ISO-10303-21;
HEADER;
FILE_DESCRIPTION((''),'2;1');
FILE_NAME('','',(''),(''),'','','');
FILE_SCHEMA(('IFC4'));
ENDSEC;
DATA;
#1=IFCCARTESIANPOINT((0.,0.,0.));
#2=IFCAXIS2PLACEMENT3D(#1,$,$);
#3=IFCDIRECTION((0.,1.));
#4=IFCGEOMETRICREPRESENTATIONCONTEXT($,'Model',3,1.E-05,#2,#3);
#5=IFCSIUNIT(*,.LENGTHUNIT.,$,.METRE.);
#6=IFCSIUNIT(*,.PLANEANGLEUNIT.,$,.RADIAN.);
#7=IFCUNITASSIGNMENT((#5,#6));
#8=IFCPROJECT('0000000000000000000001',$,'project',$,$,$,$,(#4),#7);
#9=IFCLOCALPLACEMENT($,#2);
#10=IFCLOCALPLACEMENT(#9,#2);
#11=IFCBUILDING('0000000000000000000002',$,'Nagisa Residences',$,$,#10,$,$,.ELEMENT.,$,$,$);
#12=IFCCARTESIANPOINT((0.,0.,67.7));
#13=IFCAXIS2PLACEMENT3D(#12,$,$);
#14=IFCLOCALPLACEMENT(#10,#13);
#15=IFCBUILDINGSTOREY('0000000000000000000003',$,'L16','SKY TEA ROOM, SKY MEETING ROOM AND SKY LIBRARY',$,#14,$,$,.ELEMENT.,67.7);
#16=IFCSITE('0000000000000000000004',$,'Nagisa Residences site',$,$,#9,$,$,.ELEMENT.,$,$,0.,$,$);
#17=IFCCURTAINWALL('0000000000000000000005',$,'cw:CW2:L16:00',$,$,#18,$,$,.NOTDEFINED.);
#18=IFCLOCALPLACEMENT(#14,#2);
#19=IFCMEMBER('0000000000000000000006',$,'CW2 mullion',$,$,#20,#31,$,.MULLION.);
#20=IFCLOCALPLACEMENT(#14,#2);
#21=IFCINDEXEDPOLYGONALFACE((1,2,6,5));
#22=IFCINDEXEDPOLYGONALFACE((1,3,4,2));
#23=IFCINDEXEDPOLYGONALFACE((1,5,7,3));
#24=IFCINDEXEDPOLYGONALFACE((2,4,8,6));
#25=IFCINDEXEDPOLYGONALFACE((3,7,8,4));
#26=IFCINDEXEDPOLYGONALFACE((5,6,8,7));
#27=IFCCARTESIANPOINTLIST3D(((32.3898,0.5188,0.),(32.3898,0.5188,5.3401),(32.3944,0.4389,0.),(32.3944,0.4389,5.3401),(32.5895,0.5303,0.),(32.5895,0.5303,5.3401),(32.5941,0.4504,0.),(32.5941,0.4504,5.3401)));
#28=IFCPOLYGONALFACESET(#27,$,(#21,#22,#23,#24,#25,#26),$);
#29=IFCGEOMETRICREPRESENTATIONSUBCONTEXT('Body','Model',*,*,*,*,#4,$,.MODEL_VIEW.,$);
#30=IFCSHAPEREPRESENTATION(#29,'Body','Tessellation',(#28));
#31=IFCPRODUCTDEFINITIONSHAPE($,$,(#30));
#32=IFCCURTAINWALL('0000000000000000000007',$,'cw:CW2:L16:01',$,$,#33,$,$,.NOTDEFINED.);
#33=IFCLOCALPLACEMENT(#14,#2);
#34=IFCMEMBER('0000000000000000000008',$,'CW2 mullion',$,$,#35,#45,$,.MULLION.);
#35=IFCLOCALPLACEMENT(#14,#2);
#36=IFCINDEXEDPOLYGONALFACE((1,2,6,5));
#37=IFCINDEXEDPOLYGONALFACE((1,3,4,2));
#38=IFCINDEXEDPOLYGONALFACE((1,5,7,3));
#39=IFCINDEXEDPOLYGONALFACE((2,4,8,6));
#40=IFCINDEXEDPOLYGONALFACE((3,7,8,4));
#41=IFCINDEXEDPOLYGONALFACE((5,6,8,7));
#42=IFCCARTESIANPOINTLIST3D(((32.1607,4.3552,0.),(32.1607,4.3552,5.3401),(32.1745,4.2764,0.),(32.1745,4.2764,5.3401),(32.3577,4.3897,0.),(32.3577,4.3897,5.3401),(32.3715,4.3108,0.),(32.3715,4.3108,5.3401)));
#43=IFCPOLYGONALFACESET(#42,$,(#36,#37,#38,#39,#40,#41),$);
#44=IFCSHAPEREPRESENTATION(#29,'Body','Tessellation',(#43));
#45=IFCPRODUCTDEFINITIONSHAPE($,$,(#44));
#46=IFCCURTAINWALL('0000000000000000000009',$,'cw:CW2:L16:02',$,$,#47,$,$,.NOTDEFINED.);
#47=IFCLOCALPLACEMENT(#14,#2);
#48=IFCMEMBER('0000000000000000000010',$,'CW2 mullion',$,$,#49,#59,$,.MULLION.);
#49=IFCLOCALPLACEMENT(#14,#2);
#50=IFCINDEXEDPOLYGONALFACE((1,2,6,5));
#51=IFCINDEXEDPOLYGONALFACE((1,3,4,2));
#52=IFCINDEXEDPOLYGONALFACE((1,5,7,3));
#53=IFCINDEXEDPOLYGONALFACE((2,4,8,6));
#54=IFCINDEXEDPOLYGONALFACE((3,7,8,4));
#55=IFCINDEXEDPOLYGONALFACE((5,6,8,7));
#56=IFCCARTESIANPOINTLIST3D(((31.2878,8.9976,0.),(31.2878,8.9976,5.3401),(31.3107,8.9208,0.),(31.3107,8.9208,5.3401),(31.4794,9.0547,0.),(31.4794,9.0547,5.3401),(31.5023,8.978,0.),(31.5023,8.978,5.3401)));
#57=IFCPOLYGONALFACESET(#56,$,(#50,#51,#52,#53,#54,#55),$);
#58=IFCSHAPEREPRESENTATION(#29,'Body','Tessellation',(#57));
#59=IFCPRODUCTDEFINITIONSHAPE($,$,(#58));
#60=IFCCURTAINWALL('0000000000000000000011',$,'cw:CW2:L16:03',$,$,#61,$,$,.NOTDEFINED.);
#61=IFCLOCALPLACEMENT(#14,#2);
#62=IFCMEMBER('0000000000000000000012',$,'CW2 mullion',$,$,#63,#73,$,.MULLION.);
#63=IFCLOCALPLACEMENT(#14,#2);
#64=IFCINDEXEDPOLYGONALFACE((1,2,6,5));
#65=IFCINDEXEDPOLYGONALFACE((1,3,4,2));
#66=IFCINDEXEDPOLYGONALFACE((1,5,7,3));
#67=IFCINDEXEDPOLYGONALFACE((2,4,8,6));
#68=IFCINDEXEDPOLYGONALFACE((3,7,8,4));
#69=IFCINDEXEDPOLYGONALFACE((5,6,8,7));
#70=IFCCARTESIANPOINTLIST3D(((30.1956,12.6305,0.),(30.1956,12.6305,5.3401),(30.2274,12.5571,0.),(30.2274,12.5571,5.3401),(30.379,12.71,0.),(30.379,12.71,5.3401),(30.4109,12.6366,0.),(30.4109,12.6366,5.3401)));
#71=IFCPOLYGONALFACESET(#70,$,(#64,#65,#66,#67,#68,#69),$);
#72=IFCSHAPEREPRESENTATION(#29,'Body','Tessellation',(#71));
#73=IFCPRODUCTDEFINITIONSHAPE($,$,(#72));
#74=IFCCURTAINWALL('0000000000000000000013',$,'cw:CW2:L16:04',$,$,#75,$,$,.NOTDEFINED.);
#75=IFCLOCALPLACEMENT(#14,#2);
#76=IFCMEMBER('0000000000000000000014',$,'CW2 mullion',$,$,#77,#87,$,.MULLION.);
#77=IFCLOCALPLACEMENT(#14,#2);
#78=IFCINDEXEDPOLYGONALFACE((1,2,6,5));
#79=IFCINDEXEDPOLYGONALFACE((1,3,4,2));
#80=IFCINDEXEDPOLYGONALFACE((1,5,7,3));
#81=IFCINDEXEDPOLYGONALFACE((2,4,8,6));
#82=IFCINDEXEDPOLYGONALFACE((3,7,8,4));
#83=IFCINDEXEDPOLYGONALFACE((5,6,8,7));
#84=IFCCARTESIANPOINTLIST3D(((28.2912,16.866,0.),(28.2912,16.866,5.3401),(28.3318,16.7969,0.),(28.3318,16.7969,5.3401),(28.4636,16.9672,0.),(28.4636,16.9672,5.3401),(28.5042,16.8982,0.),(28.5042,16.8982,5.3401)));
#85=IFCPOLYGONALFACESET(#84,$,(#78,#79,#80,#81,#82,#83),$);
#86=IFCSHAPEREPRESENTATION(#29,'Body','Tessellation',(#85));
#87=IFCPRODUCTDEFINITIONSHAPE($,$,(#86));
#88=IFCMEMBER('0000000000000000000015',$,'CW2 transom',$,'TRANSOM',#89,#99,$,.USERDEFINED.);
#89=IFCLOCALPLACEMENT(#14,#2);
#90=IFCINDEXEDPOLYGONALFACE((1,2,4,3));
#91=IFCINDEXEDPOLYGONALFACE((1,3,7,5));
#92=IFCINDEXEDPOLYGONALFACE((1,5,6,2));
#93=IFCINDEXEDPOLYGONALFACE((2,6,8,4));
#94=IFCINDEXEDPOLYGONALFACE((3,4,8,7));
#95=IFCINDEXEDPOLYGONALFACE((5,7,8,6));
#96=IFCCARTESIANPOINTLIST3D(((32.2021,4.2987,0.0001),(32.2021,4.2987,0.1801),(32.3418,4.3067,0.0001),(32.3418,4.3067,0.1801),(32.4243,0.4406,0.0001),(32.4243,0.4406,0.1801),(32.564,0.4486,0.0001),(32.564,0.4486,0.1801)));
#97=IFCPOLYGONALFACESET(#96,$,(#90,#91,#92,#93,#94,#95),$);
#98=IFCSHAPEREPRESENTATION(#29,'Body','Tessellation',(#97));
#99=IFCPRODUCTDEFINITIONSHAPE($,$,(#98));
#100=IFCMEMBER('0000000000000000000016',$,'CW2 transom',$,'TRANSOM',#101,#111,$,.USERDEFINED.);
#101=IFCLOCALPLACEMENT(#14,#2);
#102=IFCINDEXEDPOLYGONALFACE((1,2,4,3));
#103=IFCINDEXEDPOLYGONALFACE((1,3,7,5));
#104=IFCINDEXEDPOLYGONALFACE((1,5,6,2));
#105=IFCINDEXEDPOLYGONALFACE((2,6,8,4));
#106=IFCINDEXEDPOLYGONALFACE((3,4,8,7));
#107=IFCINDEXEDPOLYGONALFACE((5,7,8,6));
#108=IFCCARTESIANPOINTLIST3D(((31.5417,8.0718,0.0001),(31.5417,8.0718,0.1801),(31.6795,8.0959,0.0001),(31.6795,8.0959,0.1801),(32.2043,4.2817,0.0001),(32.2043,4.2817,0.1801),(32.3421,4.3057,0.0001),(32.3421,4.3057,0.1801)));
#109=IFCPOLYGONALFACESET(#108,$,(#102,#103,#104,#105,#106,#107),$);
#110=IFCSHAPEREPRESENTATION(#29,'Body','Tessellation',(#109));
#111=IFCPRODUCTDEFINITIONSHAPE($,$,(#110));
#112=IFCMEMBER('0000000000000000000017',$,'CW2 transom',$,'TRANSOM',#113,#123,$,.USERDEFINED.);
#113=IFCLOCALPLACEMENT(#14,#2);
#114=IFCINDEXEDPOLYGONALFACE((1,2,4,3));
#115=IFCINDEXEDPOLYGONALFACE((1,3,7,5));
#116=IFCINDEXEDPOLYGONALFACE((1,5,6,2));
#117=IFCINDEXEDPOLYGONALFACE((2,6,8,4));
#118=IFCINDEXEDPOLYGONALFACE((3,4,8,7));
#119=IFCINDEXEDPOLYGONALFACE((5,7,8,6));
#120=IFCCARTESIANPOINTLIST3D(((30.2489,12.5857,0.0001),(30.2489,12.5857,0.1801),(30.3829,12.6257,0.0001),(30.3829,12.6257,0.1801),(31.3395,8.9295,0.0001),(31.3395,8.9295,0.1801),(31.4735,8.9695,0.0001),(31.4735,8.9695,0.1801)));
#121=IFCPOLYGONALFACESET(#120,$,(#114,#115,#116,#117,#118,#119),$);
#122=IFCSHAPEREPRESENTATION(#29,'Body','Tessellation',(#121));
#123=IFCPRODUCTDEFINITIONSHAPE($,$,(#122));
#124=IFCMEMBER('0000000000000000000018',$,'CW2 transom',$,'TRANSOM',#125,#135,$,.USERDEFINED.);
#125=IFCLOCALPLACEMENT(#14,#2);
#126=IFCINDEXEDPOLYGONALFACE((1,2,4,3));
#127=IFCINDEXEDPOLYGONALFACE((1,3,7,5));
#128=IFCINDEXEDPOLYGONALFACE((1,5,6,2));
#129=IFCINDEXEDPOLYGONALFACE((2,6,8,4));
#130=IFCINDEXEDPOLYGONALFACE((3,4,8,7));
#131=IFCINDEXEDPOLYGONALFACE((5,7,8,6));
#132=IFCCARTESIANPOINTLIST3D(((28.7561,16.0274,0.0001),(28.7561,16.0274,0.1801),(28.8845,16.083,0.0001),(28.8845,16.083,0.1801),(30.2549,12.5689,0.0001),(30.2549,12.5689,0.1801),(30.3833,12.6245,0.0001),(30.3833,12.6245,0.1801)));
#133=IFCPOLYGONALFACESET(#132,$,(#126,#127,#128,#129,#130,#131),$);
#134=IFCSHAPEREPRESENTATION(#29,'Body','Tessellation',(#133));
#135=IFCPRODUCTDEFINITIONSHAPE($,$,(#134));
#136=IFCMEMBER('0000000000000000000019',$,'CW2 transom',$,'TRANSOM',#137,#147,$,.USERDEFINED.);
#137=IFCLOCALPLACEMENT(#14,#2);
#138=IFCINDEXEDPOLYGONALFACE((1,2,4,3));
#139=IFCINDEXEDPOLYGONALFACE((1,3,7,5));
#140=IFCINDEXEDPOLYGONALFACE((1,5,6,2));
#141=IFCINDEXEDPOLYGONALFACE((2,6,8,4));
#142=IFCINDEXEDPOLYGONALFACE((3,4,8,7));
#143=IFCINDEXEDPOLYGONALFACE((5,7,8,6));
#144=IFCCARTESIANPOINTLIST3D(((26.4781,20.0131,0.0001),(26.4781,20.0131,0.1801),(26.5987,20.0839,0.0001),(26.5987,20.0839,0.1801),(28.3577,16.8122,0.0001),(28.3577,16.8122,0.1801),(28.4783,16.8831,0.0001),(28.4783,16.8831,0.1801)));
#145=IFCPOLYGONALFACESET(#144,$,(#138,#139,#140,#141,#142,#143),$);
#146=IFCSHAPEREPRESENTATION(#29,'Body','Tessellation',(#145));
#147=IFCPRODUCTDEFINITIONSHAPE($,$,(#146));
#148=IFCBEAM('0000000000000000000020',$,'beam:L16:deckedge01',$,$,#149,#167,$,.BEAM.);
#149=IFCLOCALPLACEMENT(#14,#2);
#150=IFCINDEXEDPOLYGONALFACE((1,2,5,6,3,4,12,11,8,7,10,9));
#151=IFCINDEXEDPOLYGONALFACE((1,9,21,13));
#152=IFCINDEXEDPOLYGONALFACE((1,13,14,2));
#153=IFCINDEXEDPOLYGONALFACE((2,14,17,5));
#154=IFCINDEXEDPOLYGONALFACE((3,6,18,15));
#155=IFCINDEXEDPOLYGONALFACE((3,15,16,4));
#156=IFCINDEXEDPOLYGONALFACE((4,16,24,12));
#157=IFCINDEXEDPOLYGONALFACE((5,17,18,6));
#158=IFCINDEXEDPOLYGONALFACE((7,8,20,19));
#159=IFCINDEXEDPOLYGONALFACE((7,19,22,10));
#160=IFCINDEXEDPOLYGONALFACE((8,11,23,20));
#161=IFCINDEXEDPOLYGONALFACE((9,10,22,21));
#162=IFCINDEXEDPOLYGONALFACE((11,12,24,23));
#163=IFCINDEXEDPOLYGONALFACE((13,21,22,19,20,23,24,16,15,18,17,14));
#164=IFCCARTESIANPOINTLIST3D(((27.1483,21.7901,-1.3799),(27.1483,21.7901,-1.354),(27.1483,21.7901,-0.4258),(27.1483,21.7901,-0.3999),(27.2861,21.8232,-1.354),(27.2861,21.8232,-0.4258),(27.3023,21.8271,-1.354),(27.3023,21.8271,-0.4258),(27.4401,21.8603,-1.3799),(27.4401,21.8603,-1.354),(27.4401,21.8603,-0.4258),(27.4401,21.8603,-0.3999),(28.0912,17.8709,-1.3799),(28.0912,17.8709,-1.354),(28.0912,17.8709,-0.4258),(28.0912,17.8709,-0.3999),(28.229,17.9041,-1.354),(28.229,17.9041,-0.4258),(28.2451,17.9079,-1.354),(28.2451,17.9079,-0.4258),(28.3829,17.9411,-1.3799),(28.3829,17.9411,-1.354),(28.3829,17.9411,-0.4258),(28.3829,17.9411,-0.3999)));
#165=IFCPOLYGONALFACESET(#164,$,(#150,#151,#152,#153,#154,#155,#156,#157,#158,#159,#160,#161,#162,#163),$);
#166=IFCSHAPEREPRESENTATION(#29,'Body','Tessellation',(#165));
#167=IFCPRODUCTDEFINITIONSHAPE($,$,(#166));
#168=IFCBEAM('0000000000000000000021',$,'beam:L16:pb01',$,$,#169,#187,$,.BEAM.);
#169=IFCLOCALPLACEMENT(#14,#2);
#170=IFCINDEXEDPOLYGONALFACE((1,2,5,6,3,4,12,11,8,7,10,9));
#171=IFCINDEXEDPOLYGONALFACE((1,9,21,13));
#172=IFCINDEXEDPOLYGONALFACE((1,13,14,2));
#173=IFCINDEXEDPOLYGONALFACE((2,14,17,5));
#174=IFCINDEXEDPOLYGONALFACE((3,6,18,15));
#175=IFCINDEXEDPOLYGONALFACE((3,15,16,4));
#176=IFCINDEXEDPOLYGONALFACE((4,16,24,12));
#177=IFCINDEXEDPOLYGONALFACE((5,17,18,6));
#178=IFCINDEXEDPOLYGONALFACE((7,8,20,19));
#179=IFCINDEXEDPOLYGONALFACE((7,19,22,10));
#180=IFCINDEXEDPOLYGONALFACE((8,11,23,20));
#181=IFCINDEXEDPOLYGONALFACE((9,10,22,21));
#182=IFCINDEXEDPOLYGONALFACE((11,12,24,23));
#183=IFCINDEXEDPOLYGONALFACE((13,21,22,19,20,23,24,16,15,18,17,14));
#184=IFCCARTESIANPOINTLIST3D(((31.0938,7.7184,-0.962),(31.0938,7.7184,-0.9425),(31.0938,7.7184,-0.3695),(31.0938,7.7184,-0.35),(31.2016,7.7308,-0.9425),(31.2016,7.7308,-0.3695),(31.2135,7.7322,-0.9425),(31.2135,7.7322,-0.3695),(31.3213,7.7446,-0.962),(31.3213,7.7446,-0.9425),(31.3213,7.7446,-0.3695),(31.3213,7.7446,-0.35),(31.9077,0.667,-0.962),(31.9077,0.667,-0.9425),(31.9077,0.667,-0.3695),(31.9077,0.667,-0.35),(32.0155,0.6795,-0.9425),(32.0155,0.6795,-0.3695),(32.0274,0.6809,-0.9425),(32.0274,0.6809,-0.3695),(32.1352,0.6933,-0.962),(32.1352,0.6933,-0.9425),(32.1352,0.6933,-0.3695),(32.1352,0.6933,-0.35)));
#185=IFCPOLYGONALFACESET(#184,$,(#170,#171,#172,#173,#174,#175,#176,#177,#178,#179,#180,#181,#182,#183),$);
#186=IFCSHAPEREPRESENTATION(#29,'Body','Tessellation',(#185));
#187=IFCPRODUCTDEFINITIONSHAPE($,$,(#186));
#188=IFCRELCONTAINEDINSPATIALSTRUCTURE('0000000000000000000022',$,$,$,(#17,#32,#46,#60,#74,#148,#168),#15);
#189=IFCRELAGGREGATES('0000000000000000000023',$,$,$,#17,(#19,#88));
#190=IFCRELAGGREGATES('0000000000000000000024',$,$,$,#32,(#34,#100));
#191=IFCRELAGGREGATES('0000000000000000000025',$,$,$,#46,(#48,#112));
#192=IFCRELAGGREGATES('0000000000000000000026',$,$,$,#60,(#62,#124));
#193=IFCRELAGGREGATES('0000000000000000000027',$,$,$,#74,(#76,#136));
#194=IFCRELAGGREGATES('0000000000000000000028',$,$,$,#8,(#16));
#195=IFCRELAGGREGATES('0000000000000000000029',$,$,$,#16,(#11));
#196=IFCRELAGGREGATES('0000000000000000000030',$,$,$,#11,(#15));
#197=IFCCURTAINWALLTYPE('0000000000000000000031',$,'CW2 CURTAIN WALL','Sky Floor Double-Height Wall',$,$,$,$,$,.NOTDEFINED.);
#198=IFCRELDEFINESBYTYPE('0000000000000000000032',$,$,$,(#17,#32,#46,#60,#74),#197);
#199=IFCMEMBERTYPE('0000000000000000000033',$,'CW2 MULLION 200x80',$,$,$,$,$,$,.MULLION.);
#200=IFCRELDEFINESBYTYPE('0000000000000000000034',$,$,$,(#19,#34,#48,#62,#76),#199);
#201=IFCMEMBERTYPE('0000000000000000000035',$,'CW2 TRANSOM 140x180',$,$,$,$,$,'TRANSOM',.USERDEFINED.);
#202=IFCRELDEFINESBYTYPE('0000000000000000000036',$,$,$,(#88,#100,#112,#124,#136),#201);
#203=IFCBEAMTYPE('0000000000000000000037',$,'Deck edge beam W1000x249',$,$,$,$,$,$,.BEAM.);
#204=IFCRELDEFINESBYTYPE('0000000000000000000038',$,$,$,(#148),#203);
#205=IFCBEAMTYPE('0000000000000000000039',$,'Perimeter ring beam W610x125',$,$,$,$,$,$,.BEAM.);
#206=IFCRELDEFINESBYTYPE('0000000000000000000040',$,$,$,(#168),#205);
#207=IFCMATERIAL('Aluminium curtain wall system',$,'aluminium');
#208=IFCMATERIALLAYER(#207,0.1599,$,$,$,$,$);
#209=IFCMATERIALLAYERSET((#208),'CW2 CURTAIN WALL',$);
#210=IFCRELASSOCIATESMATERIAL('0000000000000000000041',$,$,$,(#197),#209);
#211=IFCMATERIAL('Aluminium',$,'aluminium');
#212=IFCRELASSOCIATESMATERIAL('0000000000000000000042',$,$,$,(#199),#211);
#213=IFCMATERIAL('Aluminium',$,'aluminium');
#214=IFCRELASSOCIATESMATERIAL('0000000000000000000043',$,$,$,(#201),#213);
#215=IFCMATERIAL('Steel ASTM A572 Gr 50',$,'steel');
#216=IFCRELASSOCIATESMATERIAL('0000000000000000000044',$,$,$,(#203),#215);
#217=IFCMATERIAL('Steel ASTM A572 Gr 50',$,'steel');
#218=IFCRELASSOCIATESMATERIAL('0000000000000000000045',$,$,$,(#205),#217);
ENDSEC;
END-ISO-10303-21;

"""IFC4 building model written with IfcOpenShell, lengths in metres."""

from ifc_helpers import new_model, si_unit, direction, frame, origin, origin_2d, place, context, subcontext, project, spatial, rectangle, i_section, extrude, material, layer, layer_set, material_profile, profile_set, type_object, element, aggregate, save


model = new_model("IFC4")

# Units and contexts
model_context = context("Model", 3, precision=1e-05, world=origin(), true_north=direction((0.0, 1.0)))
body_context = subcontext(model_context, "Body", "Model", "MODEL_VIEW")
ifc_project = project(units=[si_unit("LENGTHUNIT", "METRE"), si_unit("PLANEANGLEUNIT", "RADIAN")], contexts=[model_context])

# Site, building, storey
site_placement = place(None, origin())
site = spatial("IfcSite", under=ifc_project, at=site_placement, Name="Nagisa Residences site", CompositionType="ELEMENT", RefElevation=0.0)
building_placement = place(site_placement, origin())
building = spatial("IfcBuilding", under=site, at=building_placement, Name="Nagisa Residences", CompositionType="ELEMENT")
storey_placement = place(building_placement, frame((0.0, 0.0, 67.7)))
storey = spatial("IfcBuildingStorey", under=building, at=storey_placement, Name="L16", Description="SKY TEA ROOM, SKY MEETING ROOM AND SKY LIBRARY", CompositionType="ELEMENT", Elevation=67.7)

# Curtain walls, members
ifc_material_1 = material(Name="Aluminium curtain wall system", Category="aluminium")
ifc_layer_1 = layer(ifc_material_1, 0.1599)
ifc_layer_set_1 = layer_set([ifc_layer_1], Name="CW2 CURTAIN WALL")
curtain_wall_type = type_object("IfcCurtainWallType", Name="CW2 CURTAIN WALL", Description="Sky Floor Double-Height Wall", PredefinedType="NOTDEFINED", material=ifc_layer_set_1)
curtain_wall_1_placement = place(storey_placement, origin())
curtain_wall_1 = element("IfcCurtainWall", 1, at=curtain_wall_1_placement, inside=storey, type_object=curtain_wall_type, Name="cw:CW2:L16:00", PredefinedType="NOTDEFINED")
ifc_material_2 = material(Name="Aluminium", Category="aluminium")
ifc_material_profile_1 = material_profile(ifc_material_2, rectangle(XDim=0.2, YDim=0.0801, at=origin_2d()), Name="CW2 MULLION 200x80")
ifc_profile_set_1 = profile_set([ifc_material_profile_1], Name="Aluminium")
member_type_1 = type_object("IfcMemberType", Name="CW2 MULLION 200x80", PredefinedType="MULLION", material=ifc_profile_set_1)
member_1_placement = place(storey_placement, frame((32.4919, 0.4846, 0.0), z_axis=(0.0, 0.0, 1.0), x_axis=(-0.998345, -0.057503, 0.0)))
member_1 = element("IfcMember", 2, at=member_1_placement, type_object=member_type_1, Name="CW2 mullion", PredefinedType="MULLION", context=body_context, shape_type="SweptSolid", body=[
    extrude(rectangle(XDim=0.2, YDim=0.0801, at=origin_2d()), origin(), (0.0, 0.0, 1.0), 5.3401),
])
curtain_wall_2_placement = place(storey_placement, origin())
curtain_wall_2 = element("IfcCurtainWall", 3, at=curtain_wall_2_placement, inside=storey, type_object=curtain_wall_type, Name="cw:CW2:L16:01", PredefinedType="NOTDEFINED")
member_2_placement = place(storey_placement, frame((32.2661, 4.333, 0.0), z_axis=(0.0, 0.0, 1.0), x_axis=(-0.985064, -0.172191, 0.0)))
member_2 = element("IfcMember", 4, at=member_2_placement, type_object=member_type_1, Name="CW2 mullion", PredefinedType="MULLION", context=body_context, shape_type="SweptSolid", body=[
    extrude(rectangle(XDim=0.2, YDim=0.0801, at=origin_2d()), origin(), (0.0, 0.0, 1.0), 5.3401),
])
curtain_wall_3_placement = place(storey_placement, origin())
curtain_wall_3 = element("IfcCurtainWall", 5, at=curtain_wall_3_placement, inside=storey, type_object=curtain_wall_type, Name="cw:CW2:L16:02", PredefinedType="NOTDEFINED")
member_3_placement = place(storey_placement, frame((31.395, 8.9878, 0.0), z_axis=(0.0, 0.0, 1.0), x_axis=(-0.958271, -0.28586, 0.0)))
member_3 = element("IfcMember", 6, at=member_3_placement, type_object=member_type_1, Name="CW2 mullion", PredefinedType="MULLION", context=body_context, shape_type="SweptSolid", body=[
    extrude(rectangle(XDim=0.2, YDim=0.0801, at=origin_2d()), origin(), (0.0, 0.0, 1.0), 5.3401),
])
curtain_wall_4_placement = place(storey_placement, origin())
curtain_wall_4 = element("IfcCurtainWall", 7, at=curtain_wall_4_placement, inside=storey, type_object=curtain_wall_type, Name="cw:CW2:L16:03", PredefinedType="NOTDEFINED")
member_4_placement = place(storey_placement, frame((30.3032, 12.6335, 0.0), z_axis=(0.0, 0.0, 1.0), x_axis=(-0.917543, -0.397636, 0.0)))
member_4 = element("IfcMember", 8, at=member_4_placement, type_object=member_type_1, Name="CW2 mullion", PredefinedType="MULLION", context=body_context, shape_type="SweptSolid", body=[
    extrude(rectangle(XDim=0.2, YDim=0.0801, at=origin_2d()), origin(), (0.0, 0.0, 1.0), 5.3401),
])
curtain_wall_5_placement = place(storey_placement, origin())
curtain_wall_5 = element("IfcCurtainWall", 9, at=curtain_wall_5_placement, inside=storey, type_object=curtain_wall_type, Name="cw:CW2:L16:04", PredefinedType="NOTDEFINED")
member_5_placement = place(storey_placement, frame((28.3977, 16.8821, 0.0), z_axis=(0.0, 0.0, 1.0), x_axis=(-0.862329, -0.506349, 0.0)))
member_5 = element("IfcMember", 10, at=member_5_placement, type_object=member_type_1, Name="CW2 mullion", PredefinedType="MULLION", context=body_context, shape_type="SweptSolid", body=[
    extrude(rectangle(XDim=0.2, YDim=0.0801, at=origin_2d()), origin(), (0.0, 0.0, 1.0), 5.3401),
])

# Members
ifc_material_3 = material(Name="Aluminium", Category="aluminium")
ifc_material_profile_2 = material_profile(ifc_material_3, rectangle(XDim=0.1399, YDim=0.1799, at=origin_2d()), Name="CW2 TRANSOM 140x180")
ifc_profile_set_2 = profile_set([ifc_material_profile_2], Name="Aluminium")
member_type_2 = type_object("IfcMemberType", Name="CW2 TRANSOM 140x180", ElementType="TRANSOM", PredefinedType="USERDEFINED", material=ifc_profile_set_2)
member_6_placement = place(storey_placement, frame((32.4941, 0.4446, 0.0901), z_axis=(-0.057489, 0.998346, 0.0), x_axis=(-0.998346, -0.057489, 0.0)))
member_6 = element("IfcMember", 11, at=member_6_placement, type_object=member_type_2, Name="CW2 transom", ObjectType="TRANSOM", PredefinedType="USERDEFINED", context=body_context, shape_type="SweptSolid", body=[
    extrude(rectangle(XDim=0.1399, YDim=0.1799, at=origin_2d()), origin(), (0.0, 0.0, 1.0), 3.8645),
])
member_7_placement = place(storey_placement, frame((32.2732, 4.2937, 0.0901), z_axis=(-0.172203, 0.985061, 0.0), x_axis=(-0.985061, -0.172203, 0.0)))
member_7 = element("IfcMember", 12, at=member_7_placement, type_object=member_type_2, Name="CW2 transom", ObjectType="TRANSOM", PredefinedType="USERDEFINED", context=body_context, shape_type="SweptSolid", body=[
    extrude(rectangle(XDim=0.1399, YDim=0.1799, at=origin_2d()), origin(), (0.0, 0.0, 1.0), 3.8477),
])
member_8_placement = place(storey_placement, frame((31.4065, 8.9495, 0.0901), z_axis=(-0.285833, 0.958279, 0.0), x_axis=(-0.958279, -0.285833, 0.0)))
member_8 = element("IfcMember", 13, at=member_8_placement, type_object=member_type_2, Name="CW2 transom", ObjectType="TRANSOM", PredefinedType="USERDEFINED", context=body_context, shape_type="SweptSolid", body=[
    extrude(rectangle(XDim=0.1399, YDim=0.1799, at=origin_2d()), origin(), (0.0, 0.0, 1.0), 3.8154),
])
member_9_placement = place(storey_placement, frame((30.3191, 12.5967, 0.0901), z_axis=(-0.397629, 0.917546, 0.0), x_axis=(-0.917546, -0.397629, 0.0)))
member_9 = element("IfcMember", 14, at=member_9_placement, type_object=member_type_2, Name="CW2 transom", ObjectType="TRANSOM", PredefinedType="USERDEFINED", context=body_context, shape_type="SweptSolid", body=[
    extrude(rectangle(XDim=0.1399, YDim=0.1799, at=origin_2d()), origin(), (0.0, 0.0, 1.0), 3.7693),
])
member_10_placement = place(storey_placement, frame((28.418, 16.8477, 0.0901), z_axis=(-0.506368, 0.862318, 0.0), x_axis=(-0.862318, -0.506368, 0.0)))
member_10 = element("IfcMember", 15, at=member_10_placement, type_object=member_type_2, Name="CW2 transom", ObjectType="TRANSOM", PredefinedType="USERDEFINED", context=body_context, shape_type="SweptSolid", body=[
    extrude(rectangle(XDim=0.1399, YDim=0.1799, at=origin_2d()), origin(), (0.0, 0.0, 1.0), 3.7119),
])

# Beams
ifc_material_4 = material(Name="Steel ASTM A572 Gr 50", Category="steel")
ifc_material_profile_3 = material_profile(ifc_material_4, i_section(OverallWidth=0.3, OverallDepth=0.98, WebThickness=0.0166, FlangeThickness=0.0259, at=origin_2d()), Name="W1000x249")
ifc_profile_set_3 = profile_set([ifc_material_profile_3], Name="Steel ASTM A572 Gr 50")
beam_type_1 = type_object("IfcBeamType", Name="Deck edge beam W1000x249", PredefinedType="BEAM", material=ifc_profile_set_3)
beam_1_placement = place(storey_placement, frame((28.2371, 17.906, -0.8899), z_axis=(-0.233904, 0.97226, 0.0), x_axis=(-0.97226, -0.233904, 0.0)))
element("IfcBeam", 16, at=beam_1_placement, inside=storey, type_object=beam_type_1, Name="beam:L16:deckedge01", PredefinedType="BEAM", context=body_context, shape_type="SweptSolid", body=[
    extrude(i_section(OverallWidth=0.3, OverallDepth=0.98, WebThickness=0.0166, FlangeThickness=0.0259, at=origin_2d()), origin(), (0.0, 0.0, 1.0), 4.031),
])
ifc_material_5 = material(Name="Steel ASTM A572 Gr 50", Category="steel")
ifc_material_profile_4 = material_profile(ifc_material_5, i_section(OverallWidth=0.229, OverallDepth=0.6121, WebThickness=0.012, FlangeThickness=0.0195, at=origin_2d()), Name="W610x125")
ifc_profile_set_4 = profile_set([ifc_material_profile_4], Name="Steel ASTM A572 Gr 50")
beam_type_2 = type_object("IfcBeamType", Name="Perimeter ring beam W610x125", PredefinedType="BEAM", material=ifc_profile_set_4)
beam_2_placement = place(storey_placement, frame((32.0215, 0.6802, -0.656), z_axis=(-0.114674, 0.993403, 0.0), x_axis=(-0.993403, -0.114674, 0.0)))
element("IfcBeam", 17, at=beam_2_placement, inside=storey, type_object=beam_type_2, Name="beam:L16:pb01", PredefinedType="BEAM", context=body_context, shape_type="SweptSolid", body=[
    extrude(i_section(OverallWidth=0.229, OverallDepth=0.6121, WebThickness=0.012, FlangeThickness=0.0195, at=origin_2d()), origin(), (0.0, 0.0, 1.0), 7.0981),
])

aggregate(curtain_wall_1, [member_1, member_6])
aggregate(curtain_wall_2, [member_2, member_7])
aggregate(curtain_wall_3, [member_3, member_8])
aggregate(curtain_wall_4, [member_4, member_9])
aggregate(curtain_wall_5, [member_5, member_10])

save(model, "model.ifc")
